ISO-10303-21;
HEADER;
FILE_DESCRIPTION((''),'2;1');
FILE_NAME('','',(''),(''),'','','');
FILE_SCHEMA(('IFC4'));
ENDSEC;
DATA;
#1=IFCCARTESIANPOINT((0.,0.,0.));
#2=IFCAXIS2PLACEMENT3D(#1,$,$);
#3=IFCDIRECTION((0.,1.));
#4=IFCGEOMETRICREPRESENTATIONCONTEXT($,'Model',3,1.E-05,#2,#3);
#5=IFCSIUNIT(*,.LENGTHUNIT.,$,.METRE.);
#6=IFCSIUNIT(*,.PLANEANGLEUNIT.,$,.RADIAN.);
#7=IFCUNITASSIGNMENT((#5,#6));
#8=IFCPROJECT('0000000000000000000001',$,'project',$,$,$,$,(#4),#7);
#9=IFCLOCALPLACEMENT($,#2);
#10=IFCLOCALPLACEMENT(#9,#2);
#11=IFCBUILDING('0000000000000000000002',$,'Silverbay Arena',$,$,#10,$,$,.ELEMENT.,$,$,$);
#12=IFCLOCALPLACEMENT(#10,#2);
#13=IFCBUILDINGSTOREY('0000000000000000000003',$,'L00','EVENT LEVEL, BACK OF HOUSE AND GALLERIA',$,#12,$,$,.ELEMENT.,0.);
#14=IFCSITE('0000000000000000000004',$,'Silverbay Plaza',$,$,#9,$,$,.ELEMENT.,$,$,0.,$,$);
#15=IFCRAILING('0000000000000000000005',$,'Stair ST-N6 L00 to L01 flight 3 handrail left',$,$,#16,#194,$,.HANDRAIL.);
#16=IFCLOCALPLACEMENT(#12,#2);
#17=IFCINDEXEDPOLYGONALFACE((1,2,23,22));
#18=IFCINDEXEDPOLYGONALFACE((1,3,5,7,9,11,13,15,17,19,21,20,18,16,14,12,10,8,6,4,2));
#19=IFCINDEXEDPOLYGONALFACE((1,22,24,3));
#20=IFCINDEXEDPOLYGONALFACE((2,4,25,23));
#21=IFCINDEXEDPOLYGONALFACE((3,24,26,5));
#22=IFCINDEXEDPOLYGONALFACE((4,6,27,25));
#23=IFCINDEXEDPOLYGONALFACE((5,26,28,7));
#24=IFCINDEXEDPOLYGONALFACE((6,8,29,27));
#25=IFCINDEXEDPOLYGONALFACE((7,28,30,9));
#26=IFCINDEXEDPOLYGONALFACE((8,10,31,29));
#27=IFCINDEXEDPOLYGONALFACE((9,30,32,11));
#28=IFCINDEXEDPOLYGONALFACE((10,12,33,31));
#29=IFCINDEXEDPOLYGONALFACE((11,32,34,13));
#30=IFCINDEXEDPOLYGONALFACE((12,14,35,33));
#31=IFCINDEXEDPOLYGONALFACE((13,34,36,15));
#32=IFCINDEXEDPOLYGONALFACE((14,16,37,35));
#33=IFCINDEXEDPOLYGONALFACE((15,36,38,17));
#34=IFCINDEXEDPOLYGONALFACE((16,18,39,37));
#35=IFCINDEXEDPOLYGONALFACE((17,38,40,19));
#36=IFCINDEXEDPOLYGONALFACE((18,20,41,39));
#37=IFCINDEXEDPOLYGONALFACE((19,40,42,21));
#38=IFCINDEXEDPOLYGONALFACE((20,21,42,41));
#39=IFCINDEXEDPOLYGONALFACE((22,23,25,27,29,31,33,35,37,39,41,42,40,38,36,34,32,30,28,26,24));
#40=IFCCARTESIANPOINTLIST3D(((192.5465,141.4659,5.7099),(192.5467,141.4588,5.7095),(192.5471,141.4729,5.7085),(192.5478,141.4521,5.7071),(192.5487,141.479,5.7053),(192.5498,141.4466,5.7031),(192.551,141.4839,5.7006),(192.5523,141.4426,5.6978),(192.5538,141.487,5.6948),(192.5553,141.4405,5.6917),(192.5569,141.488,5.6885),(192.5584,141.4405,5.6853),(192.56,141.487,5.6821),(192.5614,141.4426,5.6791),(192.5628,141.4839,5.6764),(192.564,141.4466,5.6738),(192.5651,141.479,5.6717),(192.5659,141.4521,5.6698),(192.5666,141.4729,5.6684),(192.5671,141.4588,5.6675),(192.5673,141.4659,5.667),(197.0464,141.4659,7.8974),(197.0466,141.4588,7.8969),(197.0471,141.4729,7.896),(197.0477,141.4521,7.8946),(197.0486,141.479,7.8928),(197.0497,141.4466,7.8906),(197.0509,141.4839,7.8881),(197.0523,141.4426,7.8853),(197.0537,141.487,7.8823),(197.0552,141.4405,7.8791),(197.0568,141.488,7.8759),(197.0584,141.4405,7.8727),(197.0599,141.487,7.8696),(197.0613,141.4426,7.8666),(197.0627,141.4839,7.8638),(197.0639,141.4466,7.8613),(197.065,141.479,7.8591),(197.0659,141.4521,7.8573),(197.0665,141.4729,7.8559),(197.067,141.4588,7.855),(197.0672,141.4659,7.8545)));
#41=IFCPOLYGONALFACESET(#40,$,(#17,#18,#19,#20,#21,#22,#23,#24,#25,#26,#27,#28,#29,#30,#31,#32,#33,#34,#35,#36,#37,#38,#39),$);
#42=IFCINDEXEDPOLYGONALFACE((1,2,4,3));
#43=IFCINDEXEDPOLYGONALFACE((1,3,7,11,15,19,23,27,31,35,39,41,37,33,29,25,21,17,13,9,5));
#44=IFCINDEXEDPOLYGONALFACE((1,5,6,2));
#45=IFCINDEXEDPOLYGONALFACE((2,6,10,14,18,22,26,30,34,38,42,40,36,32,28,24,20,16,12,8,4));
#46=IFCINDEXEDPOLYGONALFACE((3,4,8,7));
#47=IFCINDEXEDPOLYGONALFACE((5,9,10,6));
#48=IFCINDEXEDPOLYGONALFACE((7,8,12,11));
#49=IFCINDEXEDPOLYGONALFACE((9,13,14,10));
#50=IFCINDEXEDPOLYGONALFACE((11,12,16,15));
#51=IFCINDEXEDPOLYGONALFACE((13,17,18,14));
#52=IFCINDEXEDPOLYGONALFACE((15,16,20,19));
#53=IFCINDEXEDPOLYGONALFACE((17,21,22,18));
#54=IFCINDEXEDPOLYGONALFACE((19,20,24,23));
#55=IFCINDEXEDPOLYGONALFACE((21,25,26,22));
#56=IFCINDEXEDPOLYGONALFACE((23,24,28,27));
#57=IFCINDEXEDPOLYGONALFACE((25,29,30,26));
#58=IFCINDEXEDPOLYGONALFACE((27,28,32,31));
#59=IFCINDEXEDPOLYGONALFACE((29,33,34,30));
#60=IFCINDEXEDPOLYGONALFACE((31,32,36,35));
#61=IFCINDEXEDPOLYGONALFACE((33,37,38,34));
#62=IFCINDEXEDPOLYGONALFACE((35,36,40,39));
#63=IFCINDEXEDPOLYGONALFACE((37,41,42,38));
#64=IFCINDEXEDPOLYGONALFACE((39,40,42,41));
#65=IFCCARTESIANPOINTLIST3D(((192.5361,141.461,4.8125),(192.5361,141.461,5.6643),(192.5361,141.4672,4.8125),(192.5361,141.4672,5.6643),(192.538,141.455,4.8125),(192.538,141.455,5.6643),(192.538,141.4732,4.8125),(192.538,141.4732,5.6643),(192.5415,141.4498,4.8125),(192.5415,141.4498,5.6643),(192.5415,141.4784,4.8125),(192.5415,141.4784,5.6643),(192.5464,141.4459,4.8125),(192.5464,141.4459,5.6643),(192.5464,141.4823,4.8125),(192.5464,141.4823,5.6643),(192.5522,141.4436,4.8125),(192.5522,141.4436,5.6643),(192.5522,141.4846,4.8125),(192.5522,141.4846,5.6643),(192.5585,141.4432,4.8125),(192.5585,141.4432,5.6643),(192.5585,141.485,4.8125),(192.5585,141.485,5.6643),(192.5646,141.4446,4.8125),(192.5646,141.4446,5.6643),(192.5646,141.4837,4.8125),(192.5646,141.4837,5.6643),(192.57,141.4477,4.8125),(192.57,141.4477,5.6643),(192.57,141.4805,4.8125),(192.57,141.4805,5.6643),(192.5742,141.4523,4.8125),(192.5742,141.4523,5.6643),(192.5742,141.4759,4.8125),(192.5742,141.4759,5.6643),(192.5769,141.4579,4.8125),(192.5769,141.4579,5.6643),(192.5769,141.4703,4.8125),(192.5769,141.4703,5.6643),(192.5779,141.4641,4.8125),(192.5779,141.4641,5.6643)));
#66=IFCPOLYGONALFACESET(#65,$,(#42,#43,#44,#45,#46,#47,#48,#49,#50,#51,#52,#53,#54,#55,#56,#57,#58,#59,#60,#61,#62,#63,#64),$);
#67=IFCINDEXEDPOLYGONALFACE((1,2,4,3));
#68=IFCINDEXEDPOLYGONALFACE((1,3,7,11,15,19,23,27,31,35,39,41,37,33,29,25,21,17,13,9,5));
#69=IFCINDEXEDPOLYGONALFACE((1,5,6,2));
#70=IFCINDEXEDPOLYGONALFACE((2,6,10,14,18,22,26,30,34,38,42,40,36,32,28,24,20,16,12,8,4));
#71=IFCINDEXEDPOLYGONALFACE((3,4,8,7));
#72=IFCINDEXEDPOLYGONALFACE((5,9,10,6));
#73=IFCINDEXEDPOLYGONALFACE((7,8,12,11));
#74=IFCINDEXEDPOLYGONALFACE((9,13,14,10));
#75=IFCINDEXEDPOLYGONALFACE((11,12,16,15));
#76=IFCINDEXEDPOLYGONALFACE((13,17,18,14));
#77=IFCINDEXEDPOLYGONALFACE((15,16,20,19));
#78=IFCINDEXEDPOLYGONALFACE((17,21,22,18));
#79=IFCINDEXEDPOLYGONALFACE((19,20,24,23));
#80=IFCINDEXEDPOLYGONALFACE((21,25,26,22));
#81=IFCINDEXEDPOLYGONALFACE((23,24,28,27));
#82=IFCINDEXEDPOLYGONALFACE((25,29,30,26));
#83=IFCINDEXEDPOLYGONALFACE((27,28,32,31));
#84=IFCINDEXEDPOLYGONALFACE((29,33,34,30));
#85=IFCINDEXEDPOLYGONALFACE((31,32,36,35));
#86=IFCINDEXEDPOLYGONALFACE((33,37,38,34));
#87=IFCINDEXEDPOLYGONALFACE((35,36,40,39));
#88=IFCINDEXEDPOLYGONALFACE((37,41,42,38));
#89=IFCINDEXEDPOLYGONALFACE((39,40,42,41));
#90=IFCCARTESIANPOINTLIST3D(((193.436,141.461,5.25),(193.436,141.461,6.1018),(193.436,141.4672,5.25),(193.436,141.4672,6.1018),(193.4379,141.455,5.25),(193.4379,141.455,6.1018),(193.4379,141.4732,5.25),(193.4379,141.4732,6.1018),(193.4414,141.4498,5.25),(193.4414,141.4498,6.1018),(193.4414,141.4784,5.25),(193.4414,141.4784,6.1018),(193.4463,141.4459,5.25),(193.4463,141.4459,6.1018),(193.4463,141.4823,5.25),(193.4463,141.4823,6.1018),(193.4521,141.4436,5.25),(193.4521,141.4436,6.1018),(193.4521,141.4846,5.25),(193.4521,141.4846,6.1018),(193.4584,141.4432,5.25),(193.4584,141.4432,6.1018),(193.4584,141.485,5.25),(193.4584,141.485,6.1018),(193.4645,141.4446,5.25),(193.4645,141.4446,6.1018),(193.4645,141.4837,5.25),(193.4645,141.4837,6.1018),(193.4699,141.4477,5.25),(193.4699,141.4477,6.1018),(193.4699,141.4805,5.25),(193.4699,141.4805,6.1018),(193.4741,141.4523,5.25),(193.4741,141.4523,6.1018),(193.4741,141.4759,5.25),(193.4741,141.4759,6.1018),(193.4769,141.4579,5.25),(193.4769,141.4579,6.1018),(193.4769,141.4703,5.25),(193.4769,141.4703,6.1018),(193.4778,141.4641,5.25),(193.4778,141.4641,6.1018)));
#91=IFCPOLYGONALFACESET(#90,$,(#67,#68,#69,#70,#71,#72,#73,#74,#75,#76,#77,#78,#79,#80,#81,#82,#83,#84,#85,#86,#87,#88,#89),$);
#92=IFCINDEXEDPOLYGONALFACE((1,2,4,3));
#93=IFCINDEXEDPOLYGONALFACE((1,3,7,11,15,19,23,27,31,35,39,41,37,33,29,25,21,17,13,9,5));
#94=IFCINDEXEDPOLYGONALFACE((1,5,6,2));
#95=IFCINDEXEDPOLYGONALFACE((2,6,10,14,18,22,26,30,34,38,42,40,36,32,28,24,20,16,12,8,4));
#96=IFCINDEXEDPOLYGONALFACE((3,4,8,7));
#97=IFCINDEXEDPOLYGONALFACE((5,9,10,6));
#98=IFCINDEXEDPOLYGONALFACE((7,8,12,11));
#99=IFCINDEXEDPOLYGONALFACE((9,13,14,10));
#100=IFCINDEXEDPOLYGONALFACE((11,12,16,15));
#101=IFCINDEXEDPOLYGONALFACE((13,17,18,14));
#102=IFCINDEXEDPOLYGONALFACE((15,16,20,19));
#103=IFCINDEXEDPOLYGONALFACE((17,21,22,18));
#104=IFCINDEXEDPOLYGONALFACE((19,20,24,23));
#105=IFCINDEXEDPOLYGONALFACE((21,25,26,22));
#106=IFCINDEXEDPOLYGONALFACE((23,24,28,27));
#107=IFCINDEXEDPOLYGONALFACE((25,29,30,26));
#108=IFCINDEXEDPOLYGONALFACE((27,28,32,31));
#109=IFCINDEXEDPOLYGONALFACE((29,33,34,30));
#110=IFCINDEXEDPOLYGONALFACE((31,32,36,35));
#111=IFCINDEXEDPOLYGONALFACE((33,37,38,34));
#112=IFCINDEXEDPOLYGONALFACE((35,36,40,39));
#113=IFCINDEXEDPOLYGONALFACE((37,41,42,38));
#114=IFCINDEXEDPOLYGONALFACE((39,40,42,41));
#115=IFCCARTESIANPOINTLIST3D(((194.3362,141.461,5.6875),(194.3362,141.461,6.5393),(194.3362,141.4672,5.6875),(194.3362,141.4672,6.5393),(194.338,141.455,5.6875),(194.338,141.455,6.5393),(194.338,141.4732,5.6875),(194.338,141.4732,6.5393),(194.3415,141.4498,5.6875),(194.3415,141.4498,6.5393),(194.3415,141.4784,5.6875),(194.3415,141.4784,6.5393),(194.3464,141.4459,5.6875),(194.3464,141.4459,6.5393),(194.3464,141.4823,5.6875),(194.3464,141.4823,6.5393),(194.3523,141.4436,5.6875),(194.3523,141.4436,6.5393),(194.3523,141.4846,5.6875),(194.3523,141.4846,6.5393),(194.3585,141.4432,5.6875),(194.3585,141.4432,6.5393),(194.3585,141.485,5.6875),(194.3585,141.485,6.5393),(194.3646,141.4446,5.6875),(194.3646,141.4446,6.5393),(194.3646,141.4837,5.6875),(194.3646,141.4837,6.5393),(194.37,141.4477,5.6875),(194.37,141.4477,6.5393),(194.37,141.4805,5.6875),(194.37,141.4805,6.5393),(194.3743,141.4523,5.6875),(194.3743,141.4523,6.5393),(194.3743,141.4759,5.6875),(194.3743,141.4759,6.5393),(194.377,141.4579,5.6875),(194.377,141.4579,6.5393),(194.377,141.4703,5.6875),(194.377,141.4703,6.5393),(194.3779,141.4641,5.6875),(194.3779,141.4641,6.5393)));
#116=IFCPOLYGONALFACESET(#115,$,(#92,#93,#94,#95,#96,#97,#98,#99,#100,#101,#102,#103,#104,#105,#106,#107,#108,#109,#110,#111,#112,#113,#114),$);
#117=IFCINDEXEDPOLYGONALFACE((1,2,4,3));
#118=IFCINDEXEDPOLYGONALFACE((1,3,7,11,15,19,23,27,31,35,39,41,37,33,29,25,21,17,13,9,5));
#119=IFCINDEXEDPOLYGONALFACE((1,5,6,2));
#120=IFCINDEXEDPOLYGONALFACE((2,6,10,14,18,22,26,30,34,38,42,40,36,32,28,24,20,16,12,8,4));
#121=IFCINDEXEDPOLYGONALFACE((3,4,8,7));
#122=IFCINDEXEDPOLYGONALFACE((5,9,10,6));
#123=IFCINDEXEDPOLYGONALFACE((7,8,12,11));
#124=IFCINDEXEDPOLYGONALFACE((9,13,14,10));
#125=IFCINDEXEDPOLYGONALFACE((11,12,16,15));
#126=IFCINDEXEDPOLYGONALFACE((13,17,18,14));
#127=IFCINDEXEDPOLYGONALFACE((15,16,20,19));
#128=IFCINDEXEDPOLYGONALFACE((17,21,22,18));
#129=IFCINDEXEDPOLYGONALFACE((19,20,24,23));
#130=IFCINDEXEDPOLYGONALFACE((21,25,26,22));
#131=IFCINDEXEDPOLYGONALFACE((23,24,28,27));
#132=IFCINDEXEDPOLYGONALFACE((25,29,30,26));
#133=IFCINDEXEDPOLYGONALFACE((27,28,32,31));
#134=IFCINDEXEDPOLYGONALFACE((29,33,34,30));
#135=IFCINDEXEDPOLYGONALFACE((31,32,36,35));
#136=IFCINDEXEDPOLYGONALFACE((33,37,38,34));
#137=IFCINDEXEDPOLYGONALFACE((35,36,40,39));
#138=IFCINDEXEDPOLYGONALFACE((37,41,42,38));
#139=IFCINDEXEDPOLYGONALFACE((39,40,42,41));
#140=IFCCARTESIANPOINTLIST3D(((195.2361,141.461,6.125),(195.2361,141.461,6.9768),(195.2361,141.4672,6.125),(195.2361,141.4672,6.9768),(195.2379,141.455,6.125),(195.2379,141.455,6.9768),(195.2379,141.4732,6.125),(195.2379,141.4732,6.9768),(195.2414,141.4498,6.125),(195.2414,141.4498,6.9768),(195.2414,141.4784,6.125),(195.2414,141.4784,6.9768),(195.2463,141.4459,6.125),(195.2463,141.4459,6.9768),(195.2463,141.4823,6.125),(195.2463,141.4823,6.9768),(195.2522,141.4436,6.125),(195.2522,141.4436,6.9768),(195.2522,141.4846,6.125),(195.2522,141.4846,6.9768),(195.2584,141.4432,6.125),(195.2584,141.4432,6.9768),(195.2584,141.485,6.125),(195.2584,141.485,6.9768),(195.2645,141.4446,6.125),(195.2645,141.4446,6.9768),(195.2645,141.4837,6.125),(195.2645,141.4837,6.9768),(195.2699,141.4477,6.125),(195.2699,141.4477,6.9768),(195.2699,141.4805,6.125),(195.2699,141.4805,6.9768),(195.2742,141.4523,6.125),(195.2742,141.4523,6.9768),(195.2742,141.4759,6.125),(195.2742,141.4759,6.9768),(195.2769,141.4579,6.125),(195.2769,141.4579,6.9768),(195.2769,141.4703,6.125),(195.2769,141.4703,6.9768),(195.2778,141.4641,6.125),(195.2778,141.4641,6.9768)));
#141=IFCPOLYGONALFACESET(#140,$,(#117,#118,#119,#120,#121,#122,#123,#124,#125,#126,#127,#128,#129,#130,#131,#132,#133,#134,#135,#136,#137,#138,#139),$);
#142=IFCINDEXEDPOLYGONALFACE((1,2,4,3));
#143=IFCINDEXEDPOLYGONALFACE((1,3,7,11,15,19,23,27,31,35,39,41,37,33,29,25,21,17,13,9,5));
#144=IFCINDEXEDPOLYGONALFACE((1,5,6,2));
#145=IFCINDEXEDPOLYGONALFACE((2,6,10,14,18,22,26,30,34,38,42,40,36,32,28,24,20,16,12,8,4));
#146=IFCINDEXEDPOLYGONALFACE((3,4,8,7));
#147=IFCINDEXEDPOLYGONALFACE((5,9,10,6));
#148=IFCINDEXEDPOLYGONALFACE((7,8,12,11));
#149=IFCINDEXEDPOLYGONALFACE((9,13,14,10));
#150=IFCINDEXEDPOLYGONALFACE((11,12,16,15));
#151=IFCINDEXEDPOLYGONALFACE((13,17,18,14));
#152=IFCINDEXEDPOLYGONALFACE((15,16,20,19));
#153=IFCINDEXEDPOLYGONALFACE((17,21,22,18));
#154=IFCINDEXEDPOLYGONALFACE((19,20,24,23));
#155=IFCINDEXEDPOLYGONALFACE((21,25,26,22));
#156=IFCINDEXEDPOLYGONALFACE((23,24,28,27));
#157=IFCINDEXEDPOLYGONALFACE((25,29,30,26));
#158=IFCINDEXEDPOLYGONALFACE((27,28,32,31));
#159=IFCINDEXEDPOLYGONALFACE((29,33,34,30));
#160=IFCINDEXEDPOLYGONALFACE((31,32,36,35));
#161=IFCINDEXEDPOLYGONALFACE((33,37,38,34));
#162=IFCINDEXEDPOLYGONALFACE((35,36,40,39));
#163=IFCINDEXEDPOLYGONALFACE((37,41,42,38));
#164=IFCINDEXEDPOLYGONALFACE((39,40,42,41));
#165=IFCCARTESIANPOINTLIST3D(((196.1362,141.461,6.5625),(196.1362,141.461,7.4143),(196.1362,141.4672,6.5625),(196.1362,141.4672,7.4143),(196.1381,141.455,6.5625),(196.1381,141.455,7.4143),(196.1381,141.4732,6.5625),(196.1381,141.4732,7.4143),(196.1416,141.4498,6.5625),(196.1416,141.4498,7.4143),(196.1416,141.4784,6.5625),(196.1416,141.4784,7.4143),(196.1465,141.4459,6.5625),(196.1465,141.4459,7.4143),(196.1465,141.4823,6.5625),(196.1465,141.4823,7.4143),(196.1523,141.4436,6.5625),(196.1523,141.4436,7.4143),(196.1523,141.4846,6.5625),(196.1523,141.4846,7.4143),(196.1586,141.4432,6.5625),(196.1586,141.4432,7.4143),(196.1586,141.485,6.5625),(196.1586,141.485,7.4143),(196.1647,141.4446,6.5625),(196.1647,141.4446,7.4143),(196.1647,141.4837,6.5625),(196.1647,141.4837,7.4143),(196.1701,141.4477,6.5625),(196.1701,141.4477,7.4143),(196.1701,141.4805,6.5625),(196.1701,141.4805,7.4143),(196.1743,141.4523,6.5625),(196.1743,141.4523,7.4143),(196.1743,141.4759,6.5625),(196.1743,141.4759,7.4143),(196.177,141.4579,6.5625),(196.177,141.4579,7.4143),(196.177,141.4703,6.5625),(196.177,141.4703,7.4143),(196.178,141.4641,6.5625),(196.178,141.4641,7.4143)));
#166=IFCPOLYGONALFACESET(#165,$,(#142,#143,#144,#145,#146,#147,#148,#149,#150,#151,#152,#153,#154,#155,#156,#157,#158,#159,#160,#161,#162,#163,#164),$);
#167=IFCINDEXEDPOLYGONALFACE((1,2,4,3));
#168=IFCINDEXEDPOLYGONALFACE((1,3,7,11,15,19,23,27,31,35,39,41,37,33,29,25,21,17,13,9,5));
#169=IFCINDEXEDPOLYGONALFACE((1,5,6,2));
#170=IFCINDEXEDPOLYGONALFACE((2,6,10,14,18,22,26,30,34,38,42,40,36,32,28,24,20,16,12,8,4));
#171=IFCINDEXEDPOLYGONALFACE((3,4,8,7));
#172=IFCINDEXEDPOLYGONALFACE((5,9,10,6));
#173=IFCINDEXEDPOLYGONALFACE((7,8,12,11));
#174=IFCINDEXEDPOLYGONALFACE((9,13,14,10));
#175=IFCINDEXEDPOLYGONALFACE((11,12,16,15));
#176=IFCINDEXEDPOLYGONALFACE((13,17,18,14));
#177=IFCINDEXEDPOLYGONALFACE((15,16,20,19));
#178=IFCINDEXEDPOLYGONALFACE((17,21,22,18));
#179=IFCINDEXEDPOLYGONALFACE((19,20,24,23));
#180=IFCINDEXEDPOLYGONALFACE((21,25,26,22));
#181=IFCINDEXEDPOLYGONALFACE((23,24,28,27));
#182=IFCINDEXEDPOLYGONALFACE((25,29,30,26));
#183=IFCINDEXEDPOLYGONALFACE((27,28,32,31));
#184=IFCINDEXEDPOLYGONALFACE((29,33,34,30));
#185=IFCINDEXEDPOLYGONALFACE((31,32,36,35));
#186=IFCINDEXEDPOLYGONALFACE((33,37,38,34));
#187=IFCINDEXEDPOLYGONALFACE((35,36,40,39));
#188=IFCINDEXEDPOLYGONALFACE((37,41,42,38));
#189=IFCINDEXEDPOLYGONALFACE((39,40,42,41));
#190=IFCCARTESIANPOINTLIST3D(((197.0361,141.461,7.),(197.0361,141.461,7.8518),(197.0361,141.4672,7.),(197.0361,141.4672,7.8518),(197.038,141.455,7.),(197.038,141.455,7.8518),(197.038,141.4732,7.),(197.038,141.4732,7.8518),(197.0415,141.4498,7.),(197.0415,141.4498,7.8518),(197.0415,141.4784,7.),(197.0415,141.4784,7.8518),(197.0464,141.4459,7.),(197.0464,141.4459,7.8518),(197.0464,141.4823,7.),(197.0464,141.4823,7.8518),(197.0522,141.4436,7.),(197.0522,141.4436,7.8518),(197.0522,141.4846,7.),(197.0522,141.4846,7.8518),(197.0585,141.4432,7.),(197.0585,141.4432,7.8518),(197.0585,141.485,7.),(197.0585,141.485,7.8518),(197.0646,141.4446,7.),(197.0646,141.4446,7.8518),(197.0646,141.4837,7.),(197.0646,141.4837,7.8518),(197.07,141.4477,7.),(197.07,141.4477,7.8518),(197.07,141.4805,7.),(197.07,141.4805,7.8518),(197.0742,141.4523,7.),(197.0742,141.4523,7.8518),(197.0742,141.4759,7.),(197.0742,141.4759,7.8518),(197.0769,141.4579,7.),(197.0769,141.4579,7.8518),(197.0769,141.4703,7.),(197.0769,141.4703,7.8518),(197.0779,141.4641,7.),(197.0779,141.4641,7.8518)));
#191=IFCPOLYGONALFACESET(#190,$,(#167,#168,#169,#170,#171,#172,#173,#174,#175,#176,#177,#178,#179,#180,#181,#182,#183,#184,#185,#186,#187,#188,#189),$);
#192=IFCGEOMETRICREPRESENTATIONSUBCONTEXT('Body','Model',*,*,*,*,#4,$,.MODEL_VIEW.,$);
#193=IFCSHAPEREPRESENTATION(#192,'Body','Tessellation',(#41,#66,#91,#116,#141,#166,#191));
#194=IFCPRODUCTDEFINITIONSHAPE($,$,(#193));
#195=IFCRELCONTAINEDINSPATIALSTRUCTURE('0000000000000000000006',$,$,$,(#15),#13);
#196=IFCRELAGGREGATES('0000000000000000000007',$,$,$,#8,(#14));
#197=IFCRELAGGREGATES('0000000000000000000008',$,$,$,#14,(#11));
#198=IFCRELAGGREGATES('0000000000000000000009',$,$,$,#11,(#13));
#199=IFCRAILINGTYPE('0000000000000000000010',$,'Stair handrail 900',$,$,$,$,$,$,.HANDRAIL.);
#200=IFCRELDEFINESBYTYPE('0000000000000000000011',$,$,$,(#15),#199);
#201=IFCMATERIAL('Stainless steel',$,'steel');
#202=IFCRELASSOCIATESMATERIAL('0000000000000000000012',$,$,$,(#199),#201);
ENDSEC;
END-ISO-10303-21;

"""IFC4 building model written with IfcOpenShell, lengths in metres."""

from ifc_helpers import new_model, si_unit, direction, frame, origin, origin_2d, place, context, subcontext, project, spatial, circle, extrude, material, type_object, element, save


model = new_model("IFC4")

# Units and contexts
model_context = context("Model", 3, precision=1e-05, world=origin(), true_north=direction((0.0, 1.0)))
body_context = subcontext(model_context, "Body", "Model", "MODEL_VIEW")
ifc_project = project(units=[si_unit("LENGTHUNIT", "METRE"), si_unit("PLANEANGLEUNIT", "RADIAN")], contexts=[model_context])

# Site, building, storey
site_placement = place(None, origin())
site = spatial("IfcSite", under=ifc_project, at=site_placement, Name="Silverbay Plaza", CompositionType="ELEMENT", RefElevation=0.0)
building_placement = place(site_placement, origin())
building = spatial("IfcBuilding", under=site, at=building_placement, Name="Silverbay Arena", CompositionType="ELEMENT")
storey_placement = place(building_placement, origin())
storey = spatial("IfcBuildingStorey", under=building, at=storey_placement, Name="L00", Description="EVENT LEVEL, BACK OF HOUSE AND GALLERIA", CompositionType="ELEMENT", Elevation=0.0)

# Railing
ifc_material_1 = material(Name="Stainless steel", Category="steel")
railing_type_1 = type_object("IfcRailingType", Name="Stair handrail 900", PredefinedType="HANDRAIL", material=ifc_material_1)
for number, where, name in (
    (1, (192.5569, 141.4641, 4.8125), "Stair ST-N6 L00 to L01 flight 3 handrail left"),
):
    element("IfcRailing", number, at=place(storey_placement, frame(where)), inside=storey, type_object=railing_type_1, Name=name, PredefinedType="HANDRAIL", context=body_context, shape_type="SweptSolid", body=[
        extrude(circle(Radius=0.0239, at=origin_2d()), frame((0.0, 0.0, 0.876), z_axis=(0.899368, 0.0, 0.437193), x_axis=(0.0, 1.0, 0.0)), (0.0, 0.0, 1.0), 5.0034),
        extrude(circle(Radius=0.021, at=origin_2d()), origin(), (0.0, 0.0, 1.0), 0.8518),
        extrude(circle(Radius=0.021, at=origin_2d()), frame((0.8999, 0.0, 0.4375)), (0.0, 0.0, 1.0), 0.8518),
        extrude(circle(Radius=0.021, at=origin_2d()), frame((1.8, 0.0, 0.875)), (0.0, 0.0, 1.0), 0.8518),
        extrude(circle(Radius=0.021, at=origin_2d()), frame((2.7, 0.0, 1.3125)), (0.0, 0.0, 1.0), 0.8518),
        extrude(circle(Radius=0.021, at=origin_2d()), frame((3.6001, 0.0, 1.75)), (0.0, 0.0, 1.0), 0.8518),
        extrude(circle(Radius=0.021, at=origin_2d()), frame((4.5, 0.0, 2.1875)), (0.0, 0.0, 1.0), 0.8518),
    ])

save(model, "model.ifc")
